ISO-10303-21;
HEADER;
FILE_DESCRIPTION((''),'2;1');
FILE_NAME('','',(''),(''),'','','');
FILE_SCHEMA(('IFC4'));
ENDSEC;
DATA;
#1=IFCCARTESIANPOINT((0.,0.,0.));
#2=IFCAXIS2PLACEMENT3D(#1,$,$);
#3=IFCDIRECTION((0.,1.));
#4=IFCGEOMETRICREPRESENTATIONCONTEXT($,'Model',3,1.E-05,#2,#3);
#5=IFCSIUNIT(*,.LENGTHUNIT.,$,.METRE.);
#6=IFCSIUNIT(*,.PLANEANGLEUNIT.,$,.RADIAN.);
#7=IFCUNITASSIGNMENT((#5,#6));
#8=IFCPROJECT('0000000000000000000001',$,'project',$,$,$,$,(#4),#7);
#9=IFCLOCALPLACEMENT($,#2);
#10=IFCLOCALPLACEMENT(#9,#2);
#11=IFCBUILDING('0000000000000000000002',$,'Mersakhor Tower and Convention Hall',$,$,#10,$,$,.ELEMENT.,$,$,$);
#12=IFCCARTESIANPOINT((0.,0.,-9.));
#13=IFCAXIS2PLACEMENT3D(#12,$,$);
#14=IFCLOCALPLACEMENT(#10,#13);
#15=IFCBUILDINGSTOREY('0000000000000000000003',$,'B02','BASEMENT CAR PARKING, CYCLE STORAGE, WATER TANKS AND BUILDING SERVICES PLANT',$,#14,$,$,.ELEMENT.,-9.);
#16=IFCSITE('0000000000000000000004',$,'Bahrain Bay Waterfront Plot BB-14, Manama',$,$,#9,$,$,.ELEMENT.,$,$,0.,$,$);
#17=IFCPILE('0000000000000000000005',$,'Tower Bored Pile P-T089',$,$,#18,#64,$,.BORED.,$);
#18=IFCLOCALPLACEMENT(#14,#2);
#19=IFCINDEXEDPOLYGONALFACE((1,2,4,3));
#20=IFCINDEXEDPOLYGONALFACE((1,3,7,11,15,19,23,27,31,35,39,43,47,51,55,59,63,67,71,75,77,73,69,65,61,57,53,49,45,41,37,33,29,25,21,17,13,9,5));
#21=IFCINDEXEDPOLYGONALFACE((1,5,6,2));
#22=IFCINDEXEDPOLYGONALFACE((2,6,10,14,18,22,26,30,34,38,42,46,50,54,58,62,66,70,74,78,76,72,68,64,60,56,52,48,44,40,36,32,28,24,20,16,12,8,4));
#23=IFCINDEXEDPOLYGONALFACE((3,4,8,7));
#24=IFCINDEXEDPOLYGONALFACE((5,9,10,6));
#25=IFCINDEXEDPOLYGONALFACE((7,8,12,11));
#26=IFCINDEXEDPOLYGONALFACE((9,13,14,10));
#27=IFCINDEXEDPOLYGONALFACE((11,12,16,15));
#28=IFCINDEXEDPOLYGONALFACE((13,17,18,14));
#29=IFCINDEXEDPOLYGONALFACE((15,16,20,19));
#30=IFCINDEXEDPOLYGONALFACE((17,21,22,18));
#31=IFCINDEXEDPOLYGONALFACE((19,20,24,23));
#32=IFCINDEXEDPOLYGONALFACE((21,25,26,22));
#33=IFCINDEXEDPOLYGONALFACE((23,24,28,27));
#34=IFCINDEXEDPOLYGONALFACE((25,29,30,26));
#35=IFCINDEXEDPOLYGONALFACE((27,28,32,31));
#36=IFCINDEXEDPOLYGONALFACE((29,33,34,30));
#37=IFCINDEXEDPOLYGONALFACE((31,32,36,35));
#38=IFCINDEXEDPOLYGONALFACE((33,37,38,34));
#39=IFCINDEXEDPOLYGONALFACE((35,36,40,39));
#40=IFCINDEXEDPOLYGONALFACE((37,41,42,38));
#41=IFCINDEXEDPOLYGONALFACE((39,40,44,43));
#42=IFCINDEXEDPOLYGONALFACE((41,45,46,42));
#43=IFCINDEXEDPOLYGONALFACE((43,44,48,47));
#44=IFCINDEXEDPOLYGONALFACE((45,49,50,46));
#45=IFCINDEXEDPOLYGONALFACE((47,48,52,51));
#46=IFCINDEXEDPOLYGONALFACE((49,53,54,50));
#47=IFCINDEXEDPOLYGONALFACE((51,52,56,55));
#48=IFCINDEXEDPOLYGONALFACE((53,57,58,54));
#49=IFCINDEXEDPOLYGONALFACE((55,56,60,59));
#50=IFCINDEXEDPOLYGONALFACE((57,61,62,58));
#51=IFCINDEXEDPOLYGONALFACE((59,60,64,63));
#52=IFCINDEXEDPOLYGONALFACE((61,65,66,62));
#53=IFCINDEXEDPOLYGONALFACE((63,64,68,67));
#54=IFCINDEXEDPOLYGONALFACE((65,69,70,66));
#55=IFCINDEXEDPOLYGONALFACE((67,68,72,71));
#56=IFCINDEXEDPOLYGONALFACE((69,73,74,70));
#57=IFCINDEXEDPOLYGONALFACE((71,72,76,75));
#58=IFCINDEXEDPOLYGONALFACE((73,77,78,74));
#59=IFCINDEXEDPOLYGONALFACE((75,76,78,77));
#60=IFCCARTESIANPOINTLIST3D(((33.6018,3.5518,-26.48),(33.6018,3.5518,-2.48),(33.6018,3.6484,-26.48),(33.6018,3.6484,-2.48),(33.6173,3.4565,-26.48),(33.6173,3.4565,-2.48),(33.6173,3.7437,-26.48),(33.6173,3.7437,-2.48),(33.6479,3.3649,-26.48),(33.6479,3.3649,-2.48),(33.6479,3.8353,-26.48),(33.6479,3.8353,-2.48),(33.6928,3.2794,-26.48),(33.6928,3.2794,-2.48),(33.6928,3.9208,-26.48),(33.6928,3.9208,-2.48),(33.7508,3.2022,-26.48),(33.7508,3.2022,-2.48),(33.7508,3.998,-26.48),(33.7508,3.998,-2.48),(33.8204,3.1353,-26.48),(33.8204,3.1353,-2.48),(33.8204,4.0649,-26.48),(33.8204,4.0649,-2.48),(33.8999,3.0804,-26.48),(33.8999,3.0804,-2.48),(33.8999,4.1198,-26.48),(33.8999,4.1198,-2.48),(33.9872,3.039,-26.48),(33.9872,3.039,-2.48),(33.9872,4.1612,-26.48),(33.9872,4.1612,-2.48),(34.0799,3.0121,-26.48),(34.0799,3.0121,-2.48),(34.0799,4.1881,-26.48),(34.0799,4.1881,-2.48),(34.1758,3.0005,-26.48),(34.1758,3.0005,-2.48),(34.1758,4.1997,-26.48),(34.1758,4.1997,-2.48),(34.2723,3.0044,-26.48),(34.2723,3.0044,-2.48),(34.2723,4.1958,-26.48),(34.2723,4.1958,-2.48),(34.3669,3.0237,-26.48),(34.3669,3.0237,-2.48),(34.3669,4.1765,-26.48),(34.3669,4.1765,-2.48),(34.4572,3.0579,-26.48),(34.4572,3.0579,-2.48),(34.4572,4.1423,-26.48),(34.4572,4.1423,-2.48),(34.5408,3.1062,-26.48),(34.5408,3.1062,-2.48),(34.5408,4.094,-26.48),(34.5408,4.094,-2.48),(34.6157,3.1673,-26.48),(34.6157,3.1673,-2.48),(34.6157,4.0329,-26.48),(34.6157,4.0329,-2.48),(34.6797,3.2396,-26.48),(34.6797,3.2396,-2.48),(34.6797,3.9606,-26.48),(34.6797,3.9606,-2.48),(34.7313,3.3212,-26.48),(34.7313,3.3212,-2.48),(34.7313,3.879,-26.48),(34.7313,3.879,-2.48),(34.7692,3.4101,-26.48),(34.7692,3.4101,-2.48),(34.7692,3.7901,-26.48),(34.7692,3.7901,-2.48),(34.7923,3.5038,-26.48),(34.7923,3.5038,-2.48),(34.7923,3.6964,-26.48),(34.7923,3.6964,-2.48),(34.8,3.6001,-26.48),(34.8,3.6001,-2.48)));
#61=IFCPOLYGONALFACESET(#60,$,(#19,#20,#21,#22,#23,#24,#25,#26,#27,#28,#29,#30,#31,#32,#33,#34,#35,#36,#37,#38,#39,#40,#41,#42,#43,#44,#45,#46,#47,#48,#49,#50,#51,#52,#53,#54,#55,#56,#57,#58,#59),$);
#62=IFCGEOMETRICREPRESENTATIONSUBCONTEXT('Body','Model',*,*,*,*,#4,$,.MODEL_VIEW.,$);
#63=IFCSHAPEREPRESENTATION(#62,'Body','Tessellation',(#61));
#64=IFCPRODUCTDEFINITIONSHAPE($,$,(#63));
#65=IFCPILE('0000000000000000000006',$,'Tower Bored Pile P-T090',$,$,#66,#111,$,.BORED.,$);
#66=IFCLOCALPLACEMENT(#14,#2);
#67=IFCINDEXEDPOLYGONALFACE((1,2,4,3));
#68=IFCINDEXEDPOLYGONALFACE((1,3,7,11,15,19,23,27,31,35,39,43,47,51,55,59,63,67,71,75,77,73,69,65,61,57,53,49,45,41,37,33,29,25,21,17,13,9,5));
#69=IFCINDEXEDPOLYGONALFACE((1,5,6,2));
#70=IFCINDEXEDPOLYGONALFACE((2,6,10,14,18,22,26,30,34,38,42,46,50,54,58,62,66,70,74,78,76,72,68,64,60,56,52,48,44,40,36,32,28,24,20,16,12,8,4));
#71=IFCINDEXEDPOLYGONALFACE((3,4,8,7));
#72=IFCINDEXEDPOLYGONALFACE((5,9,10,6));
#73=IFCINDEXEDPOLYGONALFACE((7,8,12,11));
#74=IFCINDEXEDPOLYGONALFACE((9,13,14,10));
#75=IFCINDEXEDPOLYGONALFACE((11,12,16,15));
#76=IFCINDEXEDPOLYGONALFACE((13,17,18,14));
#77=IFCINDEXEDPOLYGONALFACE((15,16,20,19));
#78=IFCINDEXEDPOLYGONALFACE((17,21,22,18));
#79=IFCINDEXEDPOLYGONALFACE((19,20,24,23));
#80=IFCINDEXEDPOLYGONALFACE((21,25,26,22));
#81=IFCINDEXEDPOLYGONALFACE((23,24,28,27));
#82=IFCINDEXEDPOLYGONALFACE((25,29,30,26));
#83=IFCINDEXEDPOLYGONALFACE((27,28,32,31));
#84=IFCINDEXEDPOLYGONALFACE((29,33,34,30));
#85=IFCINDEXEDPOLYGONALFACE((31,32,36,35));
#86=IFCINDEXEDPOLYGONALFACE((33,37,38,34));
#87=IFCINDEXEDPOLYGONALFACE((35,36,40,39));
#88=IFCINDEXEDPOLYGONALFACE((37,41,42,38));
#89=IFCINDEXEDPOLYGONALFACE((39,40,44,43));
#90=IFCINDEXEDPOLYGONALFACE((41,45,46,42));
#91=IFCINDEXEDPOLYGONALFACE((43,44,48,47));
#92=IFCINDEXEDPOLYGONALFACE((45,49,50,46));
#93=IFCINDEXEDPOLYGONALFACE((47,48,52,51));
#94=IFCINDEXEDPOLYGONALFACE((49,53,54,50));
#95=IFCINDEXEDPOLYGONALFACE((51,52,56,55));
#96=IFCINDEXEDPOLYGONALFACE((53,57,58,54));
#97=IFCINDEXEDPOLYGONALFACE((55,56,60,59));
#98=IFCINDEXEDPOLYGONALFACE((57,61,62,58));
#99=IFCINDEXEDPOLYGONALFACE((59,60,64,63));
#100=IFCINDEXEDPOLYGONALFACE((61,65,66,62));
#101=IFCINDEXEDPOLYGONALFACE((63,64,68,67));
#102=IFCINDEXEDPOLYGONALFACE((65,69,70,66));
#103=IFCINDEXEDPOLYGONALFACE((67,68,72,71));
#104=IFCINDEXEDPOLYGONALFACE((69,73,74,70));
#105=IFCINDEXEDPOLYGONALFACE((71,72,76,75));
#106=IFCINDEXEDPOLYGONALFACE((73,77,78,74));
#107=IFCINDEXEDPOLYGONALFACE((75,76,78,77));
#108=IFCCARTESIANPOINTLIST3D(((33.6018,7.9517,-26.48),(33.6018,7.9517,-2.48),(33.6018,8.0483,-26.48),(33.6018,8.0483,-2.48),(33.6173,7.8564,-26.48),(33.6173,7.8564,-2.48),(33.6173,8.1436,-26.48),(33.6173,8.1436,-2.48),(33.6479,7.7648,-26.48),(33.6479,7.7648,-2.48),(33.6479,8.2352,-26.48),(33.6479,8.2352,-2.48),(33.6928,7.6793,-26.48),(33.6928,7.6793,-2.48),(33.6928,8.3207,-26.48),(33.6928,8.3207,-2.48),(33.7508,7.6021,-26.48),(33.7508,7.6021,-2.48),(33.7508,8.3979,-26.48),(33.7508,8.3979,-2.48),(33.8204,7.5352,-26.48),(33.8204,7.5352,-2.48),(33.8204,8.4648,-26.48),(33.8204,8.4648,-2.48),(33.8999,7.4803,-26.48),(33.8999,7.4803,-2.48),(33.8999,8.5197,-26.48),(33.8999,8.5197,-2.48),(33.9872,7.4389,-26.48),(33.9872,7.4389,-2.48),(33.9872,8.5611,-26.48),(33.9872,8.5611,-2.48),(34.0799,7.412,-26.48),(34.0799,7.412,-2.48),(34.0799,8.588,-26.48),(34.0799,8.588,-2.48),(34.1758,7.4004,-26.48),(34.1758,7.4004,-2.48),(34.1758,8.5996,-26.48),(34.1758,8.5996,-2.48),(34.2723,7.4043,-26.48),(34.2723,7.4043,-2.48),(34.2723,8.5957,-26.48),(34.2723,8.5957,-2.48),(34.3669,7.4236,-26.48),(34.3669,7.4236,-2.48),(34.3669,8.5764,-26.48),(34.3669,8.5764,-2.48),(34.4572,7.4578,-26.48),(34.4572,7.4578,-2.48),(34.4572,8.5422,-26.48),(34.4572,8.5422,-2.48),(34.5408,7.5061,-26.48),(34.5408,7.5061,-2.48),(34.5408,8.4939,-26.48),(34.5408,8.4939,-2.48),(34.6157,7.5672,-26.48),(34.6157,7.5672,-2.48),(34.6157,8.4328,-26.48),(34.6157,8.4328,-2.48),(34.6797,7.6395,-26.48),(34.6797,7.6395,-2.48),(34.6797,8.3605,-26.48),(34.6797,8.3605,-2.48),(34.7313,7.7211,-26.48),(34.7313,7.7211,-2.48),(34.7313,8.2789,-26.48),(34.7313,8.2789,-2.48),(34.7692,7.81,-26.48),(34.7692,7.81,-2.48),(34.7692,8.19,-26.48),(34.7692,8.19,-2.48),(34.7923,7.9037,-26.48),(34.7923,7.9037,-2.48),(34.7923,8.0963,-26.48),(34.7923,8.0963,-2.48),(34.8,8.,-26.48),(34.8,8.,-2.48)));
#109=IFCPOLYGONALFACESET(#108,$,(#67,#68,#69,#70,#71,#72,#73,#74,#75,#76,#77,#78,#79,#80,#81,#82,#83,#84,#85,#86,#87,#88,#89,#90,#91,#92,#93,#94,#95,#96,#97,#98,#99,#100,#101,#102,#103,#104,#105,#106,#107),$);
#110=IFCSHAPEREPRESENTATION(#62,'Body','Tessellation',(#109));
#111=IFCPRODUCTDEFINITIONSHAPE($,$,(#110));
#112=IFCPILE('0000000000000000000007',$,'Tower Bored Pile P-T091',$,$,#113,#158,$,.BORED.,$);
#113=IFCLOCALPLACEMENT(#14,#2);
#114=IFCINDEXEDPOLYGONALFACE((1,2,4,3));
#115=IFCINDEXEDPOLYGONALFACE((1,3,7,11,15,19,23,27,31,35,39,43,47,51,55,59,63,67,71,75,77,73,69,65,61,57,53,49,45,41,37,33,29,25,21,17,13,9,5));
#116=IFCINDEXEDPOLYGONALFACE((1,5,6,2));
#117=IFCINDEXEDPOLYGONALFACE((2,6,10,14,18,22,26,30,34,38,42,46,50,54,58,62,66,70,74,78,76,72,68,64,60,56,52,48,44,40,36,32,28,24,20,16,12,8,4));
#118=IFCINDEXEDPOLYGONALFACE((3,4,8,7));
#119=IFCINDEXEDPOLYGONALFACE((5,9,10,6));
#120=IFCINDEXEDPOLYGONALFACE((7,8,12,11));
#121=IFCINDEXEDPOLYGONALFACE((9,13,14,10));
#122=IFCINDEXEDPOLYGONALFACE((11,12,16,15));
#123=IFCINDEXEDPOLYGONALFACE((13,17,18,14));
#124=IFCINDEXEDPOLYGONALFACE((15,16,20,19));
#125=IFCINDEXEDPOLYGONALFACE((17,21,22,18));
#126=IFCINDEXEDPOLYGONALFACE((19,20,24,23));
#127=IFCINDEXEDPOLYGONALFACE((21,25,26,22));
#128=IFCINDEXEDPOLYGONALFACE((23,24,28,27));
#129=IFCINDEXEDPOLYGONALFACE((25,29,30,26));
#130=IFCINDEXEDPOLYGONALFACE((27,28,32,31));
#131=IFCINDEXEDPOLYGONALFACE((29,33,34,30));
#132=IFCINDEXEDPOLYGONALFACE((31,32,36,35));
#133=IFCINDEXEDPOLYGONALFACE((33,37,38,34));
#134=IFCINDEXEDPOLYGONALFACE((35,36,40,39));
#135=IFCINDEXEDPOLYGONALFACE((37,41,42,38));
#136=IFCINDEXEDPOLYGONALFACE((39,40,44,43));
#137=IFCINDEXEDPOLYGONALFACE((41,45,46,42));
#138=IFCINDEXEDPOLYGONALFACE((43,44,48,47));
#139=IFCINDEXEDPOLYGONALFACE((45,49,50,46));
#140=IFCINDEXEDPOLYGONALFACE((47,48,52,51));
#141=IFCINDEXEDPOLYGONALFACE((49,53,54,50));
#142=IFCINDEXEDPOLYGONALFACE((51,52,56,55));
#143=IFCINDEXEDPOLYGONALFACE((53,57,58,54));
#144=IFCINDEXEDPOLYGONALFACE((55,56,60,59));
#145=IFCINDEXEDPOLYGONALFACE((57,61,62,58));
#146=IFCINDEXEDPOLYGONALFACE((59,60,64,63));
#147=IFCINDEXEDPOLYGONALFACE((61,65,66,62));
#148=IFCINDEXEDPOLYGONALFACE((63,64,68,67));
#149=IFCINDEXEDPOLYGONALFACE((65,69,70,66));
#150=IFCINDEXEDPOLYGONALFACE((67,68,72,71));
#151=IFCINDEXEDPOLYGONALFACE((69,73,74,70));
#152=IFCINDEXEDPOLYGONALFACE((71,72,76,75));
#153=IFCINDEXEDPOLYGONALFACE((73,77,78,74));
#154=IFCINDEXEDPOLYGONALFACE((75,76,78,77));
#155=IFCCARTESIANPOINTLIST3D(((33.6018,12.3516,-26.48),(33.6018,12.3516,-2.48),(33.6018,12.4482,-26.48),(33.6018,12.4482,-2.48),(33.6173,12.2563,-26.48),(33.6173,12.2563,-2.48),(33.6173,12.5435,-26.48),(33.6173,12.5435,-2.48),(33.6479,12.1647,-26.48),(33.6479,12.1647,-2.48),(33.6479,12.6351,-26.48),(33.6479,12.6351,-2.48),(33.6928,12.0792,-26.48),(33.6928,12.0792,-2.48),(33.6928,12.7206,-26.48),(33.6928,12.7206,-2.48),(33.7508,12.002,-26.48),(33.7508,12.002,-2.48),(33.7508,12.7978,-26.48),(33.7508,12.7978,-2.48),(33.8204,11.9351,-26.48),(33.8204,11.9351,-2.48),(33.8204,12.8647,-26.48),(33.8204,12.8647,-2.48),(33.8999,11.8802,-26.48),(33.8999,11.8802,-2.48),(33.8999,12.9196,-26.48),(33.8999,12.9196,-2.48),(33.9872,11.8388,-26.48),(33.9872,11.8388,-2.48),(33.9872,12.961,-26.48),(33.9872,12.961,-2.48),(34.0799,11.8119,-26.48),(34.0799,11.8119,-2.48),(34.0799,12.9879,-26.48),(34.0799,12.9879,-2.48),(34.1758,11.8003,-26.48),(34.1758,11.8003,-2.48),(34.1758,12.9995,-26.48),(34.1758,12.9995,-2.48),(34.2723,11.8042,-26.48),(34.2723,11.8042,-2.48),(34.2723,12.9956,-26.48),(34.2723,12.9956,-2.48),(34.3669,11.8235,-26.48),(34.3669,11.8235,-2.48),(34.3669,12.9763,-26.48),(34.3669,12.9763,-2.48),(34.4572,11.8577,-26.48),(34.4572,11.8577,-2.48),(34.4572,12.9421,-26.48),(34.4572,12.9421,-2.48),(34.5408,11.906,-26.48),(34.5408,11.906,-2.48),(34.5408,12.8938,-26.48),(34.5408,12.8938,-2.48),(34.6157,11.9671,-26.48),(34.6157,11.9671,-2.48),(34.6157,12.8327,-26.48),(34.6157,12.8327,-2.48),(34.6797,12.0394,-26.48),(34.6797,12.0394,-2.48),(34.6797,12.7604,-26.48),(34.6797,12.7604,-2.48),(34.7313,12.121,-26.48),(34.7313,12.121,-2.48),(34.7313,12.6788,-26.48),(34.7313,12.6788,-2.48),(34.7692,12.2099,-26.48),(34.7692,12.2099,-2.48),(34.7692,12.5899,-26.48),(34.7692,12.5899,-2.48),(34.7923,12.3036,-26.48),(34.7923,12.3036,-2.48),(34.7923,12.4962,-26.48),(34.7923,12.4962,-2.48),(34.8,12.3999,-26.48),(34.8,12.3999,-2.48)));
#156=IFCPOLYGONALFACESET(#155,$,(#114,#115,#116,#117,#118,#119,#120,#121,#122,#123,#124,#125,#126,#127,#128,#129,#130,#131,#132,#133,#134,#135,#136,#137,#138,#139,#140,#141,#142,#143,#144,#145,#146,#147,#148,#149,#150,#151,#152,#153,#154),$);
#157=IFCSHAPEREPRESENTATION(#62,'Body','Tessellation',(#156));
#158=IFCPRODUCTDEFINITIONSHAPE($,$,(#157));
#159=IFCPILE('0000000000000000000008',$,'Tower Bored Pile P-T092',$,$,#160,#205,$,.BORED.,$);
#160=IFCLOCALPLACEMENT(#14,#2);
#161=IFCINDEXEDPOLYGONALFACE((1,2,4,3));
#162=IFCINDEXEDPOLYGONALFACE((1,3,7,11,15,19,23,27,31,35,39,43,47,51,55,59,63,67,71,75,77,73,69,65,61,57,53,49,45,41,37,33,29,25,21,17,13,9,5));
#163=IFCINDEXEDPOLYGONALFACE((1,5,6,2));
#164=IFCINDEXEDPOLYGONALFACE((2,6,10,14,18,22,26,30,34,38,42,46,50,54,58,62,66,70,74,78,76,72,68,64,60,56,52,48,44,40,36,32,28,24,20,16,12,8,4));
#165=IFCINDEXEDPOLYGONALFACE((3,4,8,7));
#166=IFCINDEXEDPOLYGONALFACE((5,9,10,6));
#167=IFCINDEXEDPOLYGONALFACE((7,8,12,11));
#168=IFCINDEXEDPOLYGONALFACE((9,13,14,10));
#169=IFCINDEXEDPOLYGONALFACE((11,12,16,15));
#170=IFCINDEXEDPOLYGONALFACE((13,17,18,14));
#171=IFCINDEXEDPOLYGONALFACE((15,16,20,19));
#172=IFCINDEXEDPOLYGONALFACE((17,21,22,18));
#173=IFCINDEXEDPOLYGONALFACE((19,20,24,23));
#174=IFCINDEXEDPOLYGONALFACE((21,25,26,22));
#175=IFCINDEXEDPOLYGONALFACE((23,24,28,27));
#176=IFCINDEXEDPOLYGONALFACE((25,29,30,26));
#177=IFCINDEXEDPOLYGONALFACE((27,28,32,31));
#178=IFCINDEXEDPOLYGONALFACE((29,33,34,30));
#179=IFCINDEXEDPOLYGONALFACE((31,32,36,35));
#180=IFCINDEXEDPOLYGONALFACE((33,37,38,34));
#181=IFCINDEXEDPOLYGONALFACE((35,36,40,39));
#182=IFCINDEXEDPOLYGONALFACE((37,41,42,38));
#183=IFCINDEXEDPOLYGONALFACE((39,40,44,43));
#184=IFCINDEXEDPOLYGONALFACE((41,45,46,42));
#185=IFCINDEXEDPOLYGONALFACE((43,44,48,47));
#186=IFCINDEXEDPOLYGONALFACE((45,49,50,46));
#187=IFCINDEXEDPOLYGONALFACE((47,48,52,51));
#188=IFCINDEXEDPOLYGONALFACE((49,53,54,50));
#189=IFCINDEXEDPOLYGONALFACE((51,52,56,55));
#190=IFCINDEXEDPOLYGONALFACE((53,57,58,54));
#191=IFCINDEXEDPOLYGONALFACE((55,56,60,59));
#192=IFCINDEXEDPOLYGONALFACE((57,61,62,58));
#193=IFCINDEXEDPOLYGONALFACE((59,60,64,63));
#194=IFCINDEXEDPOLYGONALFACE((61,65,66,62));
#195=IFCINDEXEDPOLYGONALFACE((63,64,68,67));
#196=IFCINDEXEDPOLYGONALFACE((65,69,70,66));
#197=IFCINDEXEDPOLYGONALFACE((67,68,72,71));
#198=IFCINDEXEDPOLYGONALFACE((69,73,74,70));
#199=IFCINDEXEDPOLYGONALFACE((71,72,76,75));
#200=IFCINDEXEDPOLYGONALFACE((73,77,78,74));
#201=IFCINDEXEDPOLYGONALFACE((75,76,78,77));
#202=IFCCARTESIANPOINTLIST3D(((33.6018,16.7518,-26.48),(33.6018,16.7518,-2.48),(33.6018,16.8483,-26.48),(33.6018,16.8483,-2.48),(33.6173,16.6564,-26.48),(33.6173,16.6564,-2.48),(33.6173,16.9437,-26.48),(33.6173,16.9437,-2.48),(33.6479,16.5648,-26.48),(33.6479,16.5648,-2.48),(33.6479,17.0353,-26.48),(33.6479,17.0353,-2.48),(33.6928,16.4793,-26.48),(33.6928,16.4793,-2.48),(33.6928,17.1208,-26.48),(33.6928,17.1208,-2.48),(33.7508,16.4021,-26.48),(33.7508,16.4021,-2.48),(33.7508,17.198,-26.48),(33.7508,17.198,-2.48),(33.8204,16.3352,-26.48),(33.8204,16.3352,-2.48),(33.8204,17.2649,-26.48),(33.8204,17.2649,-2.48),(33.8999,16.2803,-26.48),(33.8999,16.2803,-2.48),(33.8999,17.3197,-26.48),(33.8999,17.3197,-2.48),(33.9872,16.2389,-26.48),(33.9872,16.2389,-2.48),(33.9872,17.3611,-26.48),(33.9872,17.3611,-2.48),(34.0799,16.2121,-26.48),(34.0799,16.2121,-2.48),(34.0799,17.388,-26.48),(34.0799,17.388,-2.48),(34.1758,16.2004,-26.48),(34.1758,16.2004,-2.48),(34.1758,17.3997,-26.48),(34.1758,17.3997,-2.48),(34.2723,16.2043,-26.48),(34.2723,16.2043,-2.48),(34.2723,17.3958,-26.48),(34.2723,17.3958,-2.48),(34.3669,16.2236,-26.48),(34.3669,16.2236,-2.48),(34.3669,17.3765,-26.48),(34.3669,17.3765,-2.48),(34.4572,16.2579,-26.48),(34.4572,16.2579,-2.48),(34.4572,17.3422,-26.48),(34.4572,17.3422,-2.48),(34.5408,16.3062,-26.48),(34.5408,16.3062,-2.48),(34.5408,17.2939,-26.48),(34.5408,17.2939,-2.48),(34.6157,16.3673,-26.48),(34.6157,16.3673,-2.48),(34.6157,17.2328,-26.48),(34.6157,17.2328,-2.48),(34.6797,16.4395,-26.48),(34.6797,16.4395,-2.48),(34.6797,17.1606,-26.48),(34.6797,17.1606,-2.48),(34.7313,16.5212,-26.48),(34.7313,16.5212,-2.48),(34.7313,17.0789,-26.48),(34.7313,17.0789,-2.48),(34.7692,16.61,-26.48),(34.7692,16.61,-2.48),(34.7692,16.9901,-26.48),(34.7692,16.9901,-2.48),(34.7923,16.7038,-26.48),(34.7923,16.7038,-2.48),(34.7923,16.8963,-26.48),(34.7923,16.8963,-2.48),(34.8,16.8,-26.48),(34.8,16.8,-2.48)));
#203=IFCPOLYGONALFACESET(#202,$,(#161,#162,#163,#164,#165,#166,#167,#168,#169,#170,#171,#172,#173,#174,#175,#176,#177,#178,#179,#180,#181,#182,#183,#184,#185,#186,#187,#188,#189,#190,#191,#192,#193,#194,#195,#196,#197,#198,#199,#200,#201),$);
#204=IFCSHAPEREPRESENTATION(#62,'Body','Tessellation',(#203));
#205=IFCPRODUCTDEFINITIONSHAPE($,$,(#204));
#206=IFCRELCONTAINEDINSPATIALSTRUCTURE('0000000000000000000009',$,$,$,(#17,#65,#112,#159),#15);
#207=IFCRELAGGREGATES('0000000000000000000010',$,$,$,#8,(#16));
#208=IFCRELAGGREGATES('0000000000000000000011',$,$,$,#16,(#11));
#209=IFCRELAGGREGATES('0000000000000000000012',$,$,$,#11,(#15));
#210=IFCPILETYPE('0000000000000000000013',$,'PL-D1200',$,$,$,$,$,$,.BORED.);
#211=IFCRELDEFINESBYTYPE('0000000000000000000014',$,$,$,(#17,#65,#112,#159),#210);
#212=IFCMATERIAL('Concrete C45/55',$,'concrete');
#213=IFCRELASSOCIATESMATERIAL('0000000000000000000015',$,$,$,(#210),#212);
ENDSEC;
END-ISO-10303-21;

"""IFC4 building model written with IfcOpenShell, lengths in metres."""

from ifc_helpers import new_model, si_unit, direction, frame, origin, origin_2d, place, context, subcontext, project, spatial, circle, extrude, material, material_profile, profile_set, type_object, element, save


model = new_model("IFC4")

# Units and contexts
model_context = context("Model", 3, precision=1e-05, world=origin(), true_north=direction((0.0, 1.0)))
body_context = subcontext(model_context, "Body", "Model", "MODEL_VIEW")
ifc_project = project(units=[si_unit("LENGTHUNIT", "METRE"), si_unit("PLANEANGLEUNIT", "RADIAN")], contexts=[model_context])

# Site, building, storey
site_placement = place(None, origin())
site = spatial("IfcSite", under=ifc_project, at=site_placement, Name="Bahrain Bay Waterfront Plot BB-14, Manama", CompositionType="ELEMENT", RefElevation=0.0)
building_placement = place(site_placement, origin())
building = spatial("IfcBuilding", under=site, at=building_placement, Name="Mersakhor Tower and Convention Hall", CompositionType="ELEMENT")
storey_placement = place(building_placement, frame((0.0, 0.0, -9.0)))
storey = spatial("IfcBuildingStorey", under=building, at=storey_placement, Name="B02", Description="BASEMENT CAR PARKING, CYCLE STORAGE, WATER TANKS AND BUILDING SERVICES PLANT", CompositionType="ELEMENT", Elevation=-9.0)

# Piles
ifc_material_1 = material(Name="Concrete C45/55", Category="concrete")
ifc_material_profile_1 = material_profile(ifc_material_1, circle(Radius=0.6001, at=origin_2d()), Name="PILE D1200")
ifc_profile_set_1 = profile_set([ifc_material_profile_1], Name="Concrete C45/55")
pile_type = type_object("IfcPileType", Name="PL-D1200", PredefinedType="BORED", material=ifc_profile_set_1)
for number, where, z_axis, x_axis, name in (
    (1, (34.2, 3.6001, -2.48), (0.0, 0.0, -1.0), (1.0, 0.0, 0.0), "Tower Bored Pile P-T089"),
    (2, (34.2, 8.0, -2.48), (0.0, 0.0, -1.0), (1.0, 0.0, 0.0), "Tower Bored Pile P-T090"),
    (3, (34.2, 12.3999, -2.48), (0.0, 0.0, -1.0), (1.0, 0.0, 0.0), "Tower Bored Pile P-T091"),
    (4, (34.2, 16.8, -2.48), (0.0, 0.0, -1.0), (1.0, 0.0, 0.0), "Tower Bored Pile P-T092"),
):
    element("IfcPile", number, at=place(storey_placement, frame(where, z_axis=z_axis, x_axis=x_axis)), inside=storey, type_object=pile_type, Name=name, PredefinedType="BORED", context=body_context, shape_type="SweptSolid", body=[
        extrude(circle(Radius=0.6001, at=origin_2d()), origin(), (0.0, 0.0, 1.0), 24.0),
    ])

save(model, "model.ifc")
